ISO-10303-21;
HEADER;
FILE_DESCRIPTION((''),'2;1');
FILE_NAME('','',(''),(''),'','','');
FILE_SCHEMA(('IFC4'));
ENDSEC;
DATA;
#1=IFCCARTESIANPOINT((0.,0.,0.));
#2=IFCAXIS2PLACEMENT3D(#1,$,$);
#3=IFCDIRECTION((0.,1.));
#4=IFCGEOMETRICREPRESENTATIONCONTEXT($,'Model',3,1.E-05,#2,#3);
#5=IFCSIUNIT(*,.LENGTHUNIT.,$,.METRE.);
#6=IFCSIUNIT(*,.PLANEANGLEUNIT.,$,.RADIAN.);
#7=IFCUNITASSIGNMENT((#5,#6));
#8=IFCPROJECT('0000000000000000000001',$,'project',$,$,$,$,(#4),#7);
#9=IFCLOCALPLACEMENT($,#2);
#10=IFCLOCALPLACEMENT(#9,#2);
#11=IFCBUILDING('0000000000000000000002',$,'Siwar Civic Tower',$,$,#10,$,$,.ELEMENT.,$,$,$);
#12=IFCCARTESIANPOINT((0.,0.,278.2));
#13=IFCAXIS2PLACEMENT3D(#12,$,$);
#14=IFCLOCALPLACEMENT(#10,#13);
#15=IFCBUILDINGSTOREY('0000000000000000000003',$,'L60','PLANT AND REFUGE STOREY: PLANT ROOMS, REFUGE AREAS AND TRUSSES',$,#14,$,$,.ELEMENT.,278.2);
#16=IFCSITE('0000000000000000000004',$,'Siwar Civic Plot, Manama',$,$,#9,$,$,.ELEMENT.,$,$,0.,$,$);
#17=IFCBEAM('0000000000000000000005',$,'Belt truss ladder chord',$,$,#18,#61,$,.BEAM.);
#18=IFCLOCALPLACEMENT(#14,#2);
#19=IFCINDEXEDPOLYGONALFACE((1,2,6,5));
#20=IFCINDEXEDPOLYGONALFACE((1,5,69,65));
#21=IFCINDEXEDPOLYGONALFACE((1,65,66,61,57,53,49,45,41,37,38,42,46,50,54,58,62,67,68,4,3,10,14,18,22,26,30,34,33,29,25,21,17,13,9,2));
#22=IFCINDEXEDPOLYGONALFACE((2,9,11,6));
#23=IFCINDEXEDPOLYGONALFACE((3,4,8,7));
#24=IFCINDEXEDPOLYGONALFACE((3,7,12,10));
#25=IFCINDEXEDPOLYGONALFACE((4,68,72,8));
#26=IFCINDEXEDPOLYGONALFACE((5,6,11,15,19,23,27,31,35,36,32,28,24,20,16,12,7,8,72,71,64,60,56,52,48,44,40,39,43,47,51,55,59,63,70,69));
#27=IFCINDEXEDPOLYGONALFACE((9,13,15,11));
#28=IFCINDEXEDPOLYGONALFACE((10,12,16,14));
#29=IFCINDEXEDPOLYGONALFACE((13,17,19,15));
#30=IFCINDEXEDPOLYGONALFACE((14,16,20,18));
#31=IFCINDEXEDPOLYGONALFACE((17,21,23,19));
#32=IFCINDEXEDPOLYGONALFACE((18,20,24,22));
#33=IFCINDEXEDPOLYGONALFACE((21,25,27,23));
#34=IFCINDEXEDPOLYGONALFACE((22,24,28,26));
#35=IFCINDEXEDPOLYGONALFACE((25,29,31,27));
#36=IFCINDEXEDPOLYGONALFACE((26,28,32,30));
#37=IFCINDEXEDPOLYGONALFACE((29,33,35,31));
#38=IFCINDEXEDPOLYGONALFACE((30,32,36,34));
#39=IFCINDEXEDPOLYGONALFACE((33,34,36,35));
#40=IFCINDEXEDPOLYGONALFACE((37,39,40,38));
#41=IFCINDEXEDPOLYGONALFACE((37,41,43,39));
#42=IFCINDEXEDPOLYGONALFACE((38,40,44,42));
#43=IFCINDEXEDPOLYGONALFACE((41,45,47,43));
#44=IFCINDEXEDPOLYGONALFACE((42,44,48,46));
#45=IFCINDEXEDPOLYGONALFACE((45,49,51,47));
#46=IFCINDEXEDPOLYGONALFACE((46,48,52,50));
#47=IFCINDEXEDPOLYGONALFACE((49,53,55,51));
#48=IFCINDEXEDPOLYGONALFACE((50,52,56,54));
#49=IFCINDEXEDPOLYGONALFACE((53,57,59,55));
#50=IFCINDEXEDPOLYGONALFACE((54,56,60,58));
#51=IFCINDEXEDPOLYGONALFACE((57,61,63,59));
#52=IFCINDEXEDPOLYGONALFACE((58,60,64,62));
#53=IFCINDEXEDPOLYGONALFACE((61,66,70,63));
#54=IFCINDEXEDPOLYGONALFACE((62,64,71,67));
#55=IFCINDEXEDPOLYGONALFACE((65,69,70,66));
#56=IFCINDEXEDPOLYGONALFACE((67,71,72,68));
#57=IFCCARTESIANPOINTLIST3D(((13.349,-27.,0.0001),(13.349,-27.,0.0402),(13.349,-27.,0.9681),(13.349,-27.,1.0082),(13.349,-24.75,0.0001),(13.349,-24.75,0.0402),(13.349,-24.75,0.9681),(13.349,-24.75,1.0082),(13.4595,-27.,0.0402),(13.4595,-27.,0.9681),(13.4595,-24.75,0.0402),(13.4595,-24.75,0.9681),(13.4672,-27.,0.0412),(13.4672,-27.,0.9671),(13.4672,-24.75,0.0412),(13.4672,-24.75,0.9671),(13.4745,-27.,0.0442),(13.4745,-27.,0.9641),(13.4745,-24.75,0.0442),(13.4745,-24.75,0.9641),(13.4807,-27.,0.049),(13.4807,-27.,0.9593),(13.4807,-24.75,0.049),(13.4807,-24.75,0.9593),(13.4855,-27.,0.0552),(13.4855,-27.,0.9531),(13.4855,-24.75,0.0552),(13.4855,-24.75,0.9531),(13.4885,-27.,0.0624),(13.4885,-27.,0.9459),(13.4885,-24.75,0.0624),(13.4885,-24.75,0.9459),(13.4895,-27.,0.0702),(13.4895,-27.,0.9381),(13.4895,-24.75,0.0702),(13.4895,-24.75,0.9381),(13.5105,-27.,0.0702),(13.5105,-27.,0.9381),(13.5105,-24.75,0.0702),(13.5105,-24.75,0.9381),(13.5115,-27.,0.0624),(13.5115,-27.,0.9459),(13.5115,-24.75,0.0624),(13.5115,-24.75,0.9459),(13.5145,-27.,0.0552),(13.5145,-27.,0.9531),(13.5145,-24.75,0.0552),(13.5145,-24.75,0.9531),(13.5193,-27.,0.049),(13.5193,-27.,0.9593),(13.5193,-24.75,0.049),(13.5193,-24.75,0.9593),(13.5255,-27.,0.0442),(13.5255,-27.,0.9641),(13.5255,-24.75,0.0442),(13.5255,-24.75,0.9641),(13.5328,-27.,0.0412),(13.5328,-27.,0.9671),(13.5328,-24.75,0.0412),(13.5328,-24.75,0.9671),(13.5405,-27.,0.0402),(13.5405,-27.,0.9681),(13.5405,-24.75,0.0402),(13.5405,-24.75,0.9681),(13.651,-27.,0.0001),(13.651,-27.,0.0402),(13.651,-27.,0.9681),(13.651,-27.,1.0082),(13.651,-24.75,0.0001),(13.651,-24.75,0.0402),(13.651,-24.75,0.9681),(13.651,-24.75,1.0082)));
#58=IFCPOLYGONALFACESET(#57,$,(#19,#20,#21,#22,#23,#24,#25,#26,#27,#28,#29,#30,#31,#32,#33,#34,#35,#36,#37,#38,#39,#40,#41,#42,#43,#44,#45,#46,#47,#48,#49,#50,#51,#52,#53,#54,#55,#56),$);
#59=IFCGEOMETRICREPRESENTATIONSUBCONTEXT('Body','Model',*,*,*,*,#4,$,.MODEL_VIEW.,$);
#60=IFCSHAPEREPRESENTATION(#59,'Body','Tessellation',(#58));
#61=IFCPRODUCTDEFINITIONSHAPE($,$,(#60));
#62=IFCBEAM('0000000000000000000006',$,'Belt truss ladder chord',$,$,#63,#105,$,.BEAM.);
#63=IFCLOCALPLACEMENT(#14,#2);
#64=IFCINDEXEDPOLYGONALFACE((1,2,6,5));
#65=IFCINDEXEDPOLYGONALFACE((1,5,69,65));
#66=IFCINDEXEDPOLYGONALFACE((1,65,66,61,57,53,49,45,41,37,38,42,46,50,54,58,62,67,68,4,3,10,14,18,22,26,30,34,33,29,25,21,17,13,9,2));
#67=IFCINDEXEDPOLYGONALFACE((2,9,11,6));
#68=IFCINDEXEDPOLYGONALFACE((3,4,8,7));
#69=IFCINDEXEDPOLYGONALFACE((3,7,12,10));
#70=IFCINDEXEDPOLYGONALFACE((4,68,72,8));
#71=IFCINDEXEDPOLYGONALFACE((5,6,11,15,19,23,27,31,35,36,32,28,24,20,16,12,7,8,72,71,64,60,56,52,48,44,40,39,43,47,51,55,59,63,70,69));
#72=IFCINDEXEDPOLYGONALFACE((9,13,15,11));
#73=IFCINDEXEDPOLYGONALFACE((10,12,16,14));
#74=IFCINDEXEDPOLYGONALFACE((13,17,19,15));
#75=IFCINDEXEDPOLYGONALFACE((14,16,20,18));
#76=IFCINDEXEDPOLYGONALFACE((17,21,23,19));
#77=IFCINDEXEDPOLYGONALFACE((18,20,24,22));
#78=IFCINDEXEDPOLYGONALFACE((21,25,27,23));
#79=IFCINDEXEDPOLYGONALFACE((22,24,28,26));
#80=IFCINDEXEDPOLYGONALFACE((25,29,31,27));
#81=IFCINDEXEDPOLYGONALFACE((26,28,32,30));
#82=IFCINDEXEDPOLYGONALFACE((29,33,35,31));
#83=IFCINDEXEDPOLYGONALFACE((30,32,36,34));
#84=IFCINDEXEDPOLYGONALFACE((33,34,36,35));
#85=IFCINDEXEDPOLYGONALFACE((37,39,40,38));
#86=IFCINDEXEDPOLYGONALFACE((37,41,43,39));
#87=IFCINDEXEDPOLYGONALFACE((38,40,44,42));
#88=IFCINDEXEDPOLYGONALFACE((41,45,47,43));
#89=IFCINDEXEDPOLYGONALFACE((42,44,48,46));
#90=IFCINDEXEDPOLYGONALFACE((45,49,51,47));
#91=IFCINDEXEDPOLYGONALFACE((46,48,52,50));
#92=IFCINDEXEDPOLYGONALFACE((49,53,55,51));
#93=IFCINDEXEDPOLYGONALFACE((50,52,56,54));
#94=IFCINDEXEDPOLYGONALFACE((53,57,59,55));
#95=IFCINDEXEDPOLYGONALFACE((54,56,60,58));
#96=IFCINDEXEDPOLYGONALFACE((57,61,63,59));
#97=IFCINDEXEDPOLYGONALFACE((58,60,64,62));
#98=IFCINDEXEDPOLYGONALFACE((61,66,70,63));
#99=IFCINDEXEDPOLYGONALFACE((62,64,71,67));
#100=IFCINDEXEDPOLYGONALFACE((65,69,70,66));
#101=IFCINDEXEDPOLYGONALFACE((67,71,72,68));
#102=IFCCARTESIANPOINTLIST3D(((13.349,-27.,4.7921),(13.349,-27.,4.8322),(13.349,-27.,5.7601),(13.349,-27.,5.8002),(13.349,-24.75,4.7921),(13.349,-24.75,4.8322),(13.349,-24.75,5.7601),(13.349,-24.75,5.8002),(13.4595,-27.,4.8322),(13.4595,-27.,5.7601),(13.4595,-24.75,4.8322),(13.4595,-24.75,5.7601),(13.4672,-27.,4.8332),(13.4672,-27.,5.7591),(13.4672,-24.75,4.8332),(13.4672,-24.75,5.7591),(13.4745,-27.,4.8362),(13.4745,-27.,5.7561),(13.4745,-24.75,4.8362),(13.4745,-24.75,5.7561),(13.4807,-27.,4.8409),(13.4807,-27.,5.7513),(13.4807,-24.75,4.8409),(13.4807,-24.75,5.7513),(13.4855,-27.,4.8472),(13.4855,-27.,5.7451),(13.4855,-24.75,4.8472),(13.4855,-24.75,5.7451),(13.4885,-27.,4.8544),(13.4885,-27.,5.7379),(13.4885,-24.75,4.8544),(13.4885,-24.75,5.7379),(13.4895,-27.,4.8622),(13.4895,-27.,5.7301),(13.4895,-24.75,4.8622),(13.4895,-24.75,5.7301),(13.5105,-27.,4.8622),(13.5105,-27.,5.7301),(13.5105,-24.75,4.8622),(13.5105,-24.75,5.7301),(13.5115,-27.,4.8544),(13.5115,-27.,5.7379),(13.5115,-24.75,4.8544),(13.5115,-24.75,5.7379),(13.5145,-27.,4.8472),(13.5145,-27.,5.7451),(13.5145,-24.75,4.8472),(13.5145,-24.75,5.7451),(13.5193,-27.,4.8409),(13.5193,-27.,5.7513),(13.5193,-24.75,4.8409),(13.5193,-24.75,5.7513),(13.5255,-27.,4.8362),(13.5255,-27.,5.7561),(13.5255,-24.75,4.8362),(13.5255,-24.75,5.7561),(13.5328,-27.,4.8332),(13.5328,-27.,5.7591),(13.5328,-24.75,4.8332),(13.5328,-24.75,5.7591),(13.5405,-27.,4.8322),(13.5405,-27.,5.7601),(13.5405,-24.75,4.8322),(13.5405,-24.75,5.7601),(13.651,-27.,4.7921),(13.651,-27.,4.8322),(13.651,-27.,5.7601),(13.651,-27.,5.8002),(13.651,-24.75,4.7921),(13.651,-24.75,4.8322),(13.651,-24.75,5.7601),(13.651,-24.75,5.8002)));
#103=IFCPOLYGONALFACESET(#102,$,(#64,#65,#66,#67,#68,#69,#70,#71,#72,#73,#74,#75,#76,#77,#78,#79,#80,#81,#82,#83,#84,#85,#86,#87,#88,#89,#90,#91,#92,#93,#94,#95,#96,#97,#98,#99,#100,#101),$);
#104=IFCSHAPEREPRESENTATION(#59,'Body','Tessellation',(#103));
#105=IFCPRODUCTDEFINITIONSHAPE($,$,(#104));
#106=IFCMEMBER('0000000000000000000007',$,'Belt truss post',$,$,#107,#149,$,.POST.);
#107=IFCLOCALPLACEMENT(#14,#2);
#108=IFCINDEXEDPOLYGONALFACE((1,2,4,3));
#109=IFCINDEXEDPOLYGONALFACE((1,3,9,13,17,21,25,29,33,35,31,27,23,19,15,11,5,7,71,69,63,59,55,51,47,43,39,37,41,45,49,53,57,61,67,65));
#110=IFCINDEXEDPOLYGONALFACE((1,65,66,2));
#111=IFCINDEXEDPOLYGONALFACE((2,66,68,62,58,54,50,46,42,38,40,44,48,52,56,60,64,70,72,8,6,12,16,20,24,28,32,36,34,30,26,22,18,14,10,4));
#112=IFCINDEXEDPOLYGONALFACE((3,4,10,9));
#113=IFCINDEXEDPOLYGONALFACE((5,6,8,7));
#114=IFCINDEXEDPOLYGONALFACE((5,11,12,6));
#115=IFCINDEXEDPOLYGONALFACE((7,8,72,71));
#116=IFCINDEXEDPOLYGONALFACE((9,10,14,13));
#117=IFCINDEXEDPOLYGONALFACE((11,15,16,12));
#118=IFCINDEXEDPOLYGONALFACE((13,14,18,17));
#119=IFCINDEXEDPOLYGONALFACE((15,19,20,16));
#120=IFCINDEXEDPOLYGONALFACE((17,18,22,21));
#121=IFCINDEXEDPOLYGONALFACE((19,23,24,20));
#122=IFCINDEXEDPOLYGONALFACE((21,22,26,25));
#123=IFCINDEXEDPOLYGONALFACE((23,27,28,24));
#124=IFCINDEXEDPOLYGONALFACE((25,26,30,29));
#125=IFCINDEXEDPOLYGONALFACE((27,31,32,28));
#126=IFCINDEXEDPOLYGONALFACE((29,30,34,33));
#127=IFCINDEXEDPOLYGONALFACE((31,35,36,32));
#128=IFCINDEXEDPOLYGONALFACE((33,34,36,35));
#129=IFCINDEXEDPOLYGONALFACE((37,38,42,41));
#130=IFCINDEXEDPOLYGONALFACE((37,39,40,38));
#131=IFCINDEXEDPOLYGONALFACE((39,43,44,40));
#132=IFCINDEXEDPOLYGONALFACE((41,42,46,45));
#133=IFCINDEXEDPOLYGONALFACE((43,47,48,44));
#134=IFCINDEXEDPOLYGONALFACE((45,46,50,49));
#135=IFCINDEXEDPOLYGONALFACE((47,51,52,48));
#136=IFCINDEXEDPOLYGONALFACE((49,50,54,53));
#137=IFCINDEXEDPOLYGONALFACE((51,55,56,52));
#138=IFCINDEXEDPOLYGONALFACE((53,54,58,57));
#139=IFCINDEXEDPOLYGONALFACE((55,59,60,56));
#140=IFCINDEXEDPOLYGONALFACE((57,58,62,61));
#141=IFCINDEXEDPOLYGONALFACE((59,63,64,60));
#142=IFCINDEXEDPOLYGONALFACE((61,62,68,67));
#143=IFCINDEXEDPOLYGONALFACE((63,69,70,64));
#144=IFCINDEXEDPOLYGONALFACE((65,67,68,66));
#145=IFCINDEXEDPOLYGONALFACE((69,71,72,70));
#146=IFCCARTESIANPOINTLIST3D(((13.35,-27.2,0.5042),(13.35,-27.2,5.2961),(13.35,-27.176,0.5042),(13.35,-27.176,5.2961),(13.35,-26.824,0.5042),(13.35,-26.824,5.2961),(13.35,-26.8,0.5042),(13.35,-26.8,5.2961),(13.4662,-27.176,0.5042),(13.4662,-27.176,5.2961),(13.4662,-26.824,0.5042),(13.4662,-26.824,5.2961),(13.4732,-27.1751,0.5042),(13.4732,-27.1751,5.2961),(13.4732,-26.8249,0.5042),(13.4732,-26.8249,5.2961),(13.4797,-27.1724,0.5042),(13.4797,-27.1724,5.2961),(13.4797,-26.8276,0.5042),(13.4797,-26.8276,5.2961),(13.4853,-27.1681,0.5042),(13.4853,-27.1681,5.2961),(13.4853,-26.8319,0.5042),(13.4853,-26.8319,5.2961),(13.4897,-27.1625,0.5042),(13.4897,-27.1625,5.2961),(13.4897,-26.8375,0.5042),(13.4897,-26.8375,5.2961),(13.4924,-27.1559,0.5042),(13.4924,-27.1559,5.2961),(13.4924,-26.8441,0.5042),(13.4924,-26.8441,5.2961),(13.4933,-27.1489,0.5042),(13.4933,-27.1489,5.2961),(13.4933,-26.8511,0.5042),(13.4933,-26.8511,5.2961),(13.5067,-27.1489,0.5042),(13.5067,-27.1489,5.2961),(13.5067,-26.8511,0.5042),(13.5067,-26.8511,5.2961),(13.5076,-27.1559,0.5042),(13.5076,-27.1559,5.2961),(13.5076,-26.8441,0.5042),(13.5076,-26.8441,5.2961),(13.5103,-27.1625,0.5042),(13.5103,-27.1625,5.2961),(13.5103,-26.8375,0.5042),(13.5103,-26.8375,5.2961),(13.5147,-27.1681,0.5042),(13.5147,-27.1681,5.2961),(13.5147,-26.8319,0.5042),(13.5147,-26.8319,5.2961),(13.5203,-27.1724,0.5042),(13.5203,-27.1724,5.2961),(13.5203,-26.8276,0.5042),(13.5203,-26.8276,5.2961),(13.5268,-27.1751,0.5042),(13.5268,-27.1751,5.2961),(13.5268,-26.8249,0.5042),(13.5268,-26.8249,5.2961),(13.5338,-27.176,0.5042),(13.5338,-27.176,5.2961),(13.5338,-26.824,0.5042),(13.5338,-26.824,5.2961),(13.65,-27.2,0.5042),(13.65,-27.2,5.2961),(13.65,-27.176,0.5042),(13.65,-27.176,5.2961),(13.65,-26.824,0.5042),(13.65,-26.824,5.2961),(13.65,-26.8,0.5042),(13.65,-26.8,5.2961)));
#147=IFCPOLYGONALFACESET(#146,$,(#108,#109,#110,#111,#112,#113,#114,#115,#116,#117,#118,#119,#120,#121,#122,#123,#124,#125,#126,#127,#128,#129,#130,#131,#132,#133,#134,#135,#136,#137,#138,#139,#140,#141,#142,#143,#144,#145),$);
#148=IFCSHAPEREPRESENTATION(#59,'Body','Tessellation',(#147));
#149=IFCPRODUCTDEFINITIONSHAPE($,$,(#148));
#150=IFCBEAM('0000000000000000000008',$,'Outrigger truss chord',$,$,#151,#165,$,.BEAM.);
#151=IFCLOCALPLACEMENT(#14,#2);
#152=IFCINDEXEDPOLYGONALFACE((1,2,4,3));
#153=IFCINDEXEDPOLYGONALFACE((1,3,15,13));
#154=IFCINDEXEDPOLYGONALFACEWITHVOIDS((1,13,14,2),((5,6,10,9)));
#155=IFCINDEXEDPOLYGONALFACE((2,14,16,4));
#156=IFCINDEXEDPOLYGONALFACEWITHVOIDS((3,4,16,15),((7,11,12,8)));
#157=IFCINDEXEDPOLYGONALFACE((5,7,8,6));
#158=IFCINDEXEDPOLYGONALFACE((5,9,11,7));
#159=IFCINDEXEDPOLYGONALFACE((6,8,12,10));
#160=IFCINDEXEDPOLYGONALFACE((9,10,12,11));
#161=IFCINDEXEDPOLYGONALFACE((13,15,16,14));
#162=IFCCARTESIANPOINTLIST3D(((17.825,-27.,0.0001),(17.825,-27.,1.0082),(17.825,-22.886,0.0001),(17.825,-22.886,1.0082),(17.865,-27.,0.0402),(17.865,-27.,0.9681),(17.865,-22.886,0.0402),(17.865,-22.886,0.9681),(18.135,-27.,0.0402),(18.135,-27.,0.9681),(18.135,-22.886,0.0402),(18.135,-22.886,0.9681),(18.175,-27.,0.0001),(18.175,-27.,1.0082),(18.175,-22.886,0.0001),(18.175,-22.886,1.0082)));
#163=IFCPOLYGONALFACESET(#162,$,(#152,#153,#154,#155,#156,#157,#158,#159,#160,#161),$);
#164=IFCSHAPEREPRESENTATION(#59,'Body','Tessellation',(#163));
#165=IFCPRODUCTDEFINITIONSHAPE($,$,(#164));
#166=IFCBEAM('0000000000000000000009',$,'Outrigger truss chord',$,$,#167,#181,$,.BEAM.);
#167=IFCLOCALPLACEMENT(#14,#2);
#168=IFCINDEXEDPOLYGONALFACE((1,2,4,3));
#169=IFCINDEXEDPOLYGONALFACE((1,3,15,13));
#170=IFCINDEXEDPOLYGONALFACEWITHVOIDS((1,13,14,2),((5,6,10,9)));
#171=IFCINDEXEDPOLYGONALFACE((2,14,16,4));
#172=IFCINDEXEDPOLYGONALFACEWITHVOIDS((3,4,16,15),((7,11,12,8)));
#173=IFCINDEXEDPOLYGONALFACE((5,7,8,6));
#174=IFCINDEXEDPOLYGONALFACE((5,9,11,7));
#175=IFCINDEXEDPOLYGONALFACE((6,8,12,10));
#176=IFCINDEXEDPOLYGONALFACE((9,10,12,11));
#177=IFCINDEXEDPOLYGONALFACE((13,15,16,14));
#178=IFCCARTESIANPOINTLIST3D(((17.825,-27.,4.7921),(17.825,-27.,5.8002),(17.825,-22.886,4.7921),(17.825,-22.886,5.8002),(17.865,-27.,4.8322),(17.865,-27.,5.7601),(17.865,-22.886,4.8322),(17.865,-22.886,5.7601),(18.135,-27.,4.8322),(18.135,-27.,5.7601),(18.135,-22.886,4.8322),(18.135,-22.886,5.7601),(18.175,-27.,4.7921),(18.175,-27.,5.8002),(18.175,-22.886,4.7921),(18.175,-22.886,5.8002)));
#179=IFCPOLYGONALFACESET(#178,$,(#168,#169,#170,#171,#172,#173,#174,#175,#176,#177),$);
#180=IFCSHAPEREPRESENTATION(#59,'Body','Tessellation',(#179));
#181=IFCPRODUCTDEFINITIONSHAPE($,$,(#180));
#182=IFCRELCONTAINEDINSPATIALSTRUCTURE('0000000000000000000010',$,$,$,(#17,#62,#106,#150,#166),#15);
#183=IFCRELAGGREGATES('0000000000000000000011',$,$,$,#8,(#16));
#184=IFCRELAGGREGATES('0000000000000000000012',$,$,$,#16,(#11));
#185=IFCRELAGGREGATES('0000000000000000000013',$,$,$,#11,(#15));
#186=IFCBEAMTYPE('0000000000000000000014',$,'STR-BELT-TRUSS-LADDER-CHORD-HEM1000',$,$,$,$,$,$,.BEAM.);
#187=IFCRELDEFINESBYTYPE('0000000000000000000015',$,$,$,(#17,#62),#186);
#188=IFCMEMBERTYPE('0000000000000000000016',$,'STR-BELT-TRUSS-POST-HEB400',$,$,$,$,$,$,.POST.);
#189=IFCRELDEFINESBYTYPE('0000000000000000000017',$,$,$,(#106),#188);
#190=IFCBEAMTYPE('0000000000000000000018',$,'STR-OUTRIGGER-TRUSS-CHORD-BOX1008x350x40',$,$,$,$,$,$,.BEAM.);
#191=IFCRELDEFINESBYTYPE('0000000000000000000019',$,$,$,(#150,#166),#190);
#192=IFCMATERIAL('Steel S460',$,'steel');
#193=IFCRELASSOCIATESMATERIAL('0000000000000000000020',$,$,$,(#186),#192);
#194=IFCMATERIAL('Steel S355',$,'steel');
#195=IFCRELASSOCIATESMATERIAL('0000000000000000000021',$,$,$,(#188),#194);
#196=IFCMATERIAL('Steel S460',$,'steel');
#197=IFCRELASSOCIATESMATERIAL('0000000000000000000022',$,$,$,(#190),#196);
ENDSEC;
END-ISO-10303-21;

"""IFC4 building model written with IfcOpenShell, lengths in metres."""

from ifc_helpers import new_model, si_unit, direction, frame, origin, origin_2d, place, context, subcontext, project, spatial, hollow_rectangle, i_section, extrude, material, material_profile, profile_set, type_object, element, save


model = new_model("IFC4")

# Units and contexts
model_context = context("Model", 3, precision=1e-05, world=origin(), true_north=direction((0.0, 1.0)))
body_context = subcontext(model_context, "Body", "Model", "MODEL_VIEW")
ifc_project = project(units=[si_unit("LENGTHUNIT", "METRE"), si_unit("PLANEANGLEUNIT", "RADIAN")], contexts=[model_context])

# Site, building, storey
site_placement = place(None, origin())
site = spatial("IfcSite", under=ifc_project, at=site_placement, Name="Siwar Civic Plot, Manama", CompositionType="ELEMENT", RefElevation=0.0)
building_placement = place(site_placement, origin())
building = spatial("IfcBuilding", under=site, at=building_placement, Name="Siwar Civic Tower", CompositionType="ELEMENT")
storey_placement = place(building_placement, frame((0.0, 0.0, 278.2)))
storey = spatial("IfcBuildingStorey", under=building, at=storey_placement, Name="L60", Description="PLANT AND REFUGE STOREY: PLANT ROOMS, REFUGE AREAS AND TRUSSES", CompositionType="ELEMENT", Elevation=278.2)

# Beams
ifc_material_1 = material(Name="Steel S460", Category="steel")
ifc_material_profile_1 = material_profile(ifc_material_1, i_section(OverallWidth=0.302, OverallDepth=1.0081, WebThickness=0.021, FlangeThickness=0.04, FilletRadius=0.03, at=origin_2d()), Name="HEM1000")
ifc_profile_set_1 = profile_set([ifc_material_profile_1], Name="Steel S460")
beam_type_1 = type_object("IfcBeamType", Name="STR-BELT-TRUSS-LADDER-CHORD-HEM1000", PredefinedType="BEAM", material=ifc_profile_set_1)
for number, where, z_axis, x_axis, name in (
    (1, (13.5, -24.75, 0.5042), (0.0, -1.0, 0.0), (1.0, 0.0, 0.0), "Belt truss ladder chord"),
    (2, (13.5, -24.75, 5.2961), (0.0, -1.0, 0.0), (1.0, 0.0, 0.0), "Belt truss ladder chord"),
):
    element("IfcBeam", number, at=place(storey_placement, frame(where, z_axis=z_axis, x_axis=x_axis)), inside=storey, type_object=beam_type_1, Name=name, PredefinedType="BEAM", context=body_context, shape_type="SweptSolid", body=[
        extrude(i_section(OverallWidth=0.302, OverallDepth=1.0081, WebThickness=0.021, FlangeThickness=0.04, FilletRadius=0.03, at=origin_2d()), origin(), (0.0, 0.0, 1.0), 2.25),
    ])

# Member
ifc_material_2 = material(Name="Steel S355", Category="steel")
ifc_material_profile_2 = material_profile(ifc_material_2, i_section(OverallWidth=0.3, OverallDepth=0.3999, WebThickness=0.0134, FlangeThickness=0.0239, FilletRadius=0.0271, at=origin_2d()), Name="HEB400")
ifc_profile_set_2 = profile_set([ifc_material_profile_2], Name="Steel S355")
member_type_1 = type_object("IfcMemberType", Name="STR-BELT-TRUSS-POST-HEB400", PredefinedType="POST", material=ifc_profile_set_2)
member_1_placement = place(storey_placement, frame((13.5, -27.0, 0.5042), z_axis=(0.0, 0.0, 1.0), x_axis=(1.0, 0.0, 0.0)))
element("IfcMember", 3, at=member_1_placement, inside=storey, type_object=member_type_1, Name="Belt truss post", PredefinedType="POST", context=body_context, shape_type="SweptSolid", body=[
    extrude(i_section(OverallWidth=0.3, OverallDepth=0.3999, WebThickness=0.0134, FlangeThickness=0.0239, FilletRadius=0.0271, at=origin_2d()), origin(), (0.0, 0.0, 1.0), 4.792),
])

# Beams
ifc_material_3 = material(Name="Steel S460", Category="steel")
ifc_material_profile_3 = material_profile(ifc_material_3, hollow_rectangle(XDim=0.3501, YDim=1.0081, WallThickness=0.04, at=origin_2d()), Name="BOX1008x350x40")
ifc_profile_set_3 = profile_set([ifc_material_profile_3], Name="Steel S460")
beam_type_2 = type_object("IfcBeamType", Name="STR-OUTRIGGER-TRUSS-CHORD-BOX1008x350x40", PredefinedType="BEAM", material=ifc_profile_set_3)
for number, where, z_axis, x_axis, name in (
    (4, (18.0, -27.0, 0.5042), (0.0, 1.0, 0.0), (-1.0, 0.0, 0.0), "Outrigger truss chord"),
    (5, (18.0, -27.0, 5.2961), (0.0, 1.0, 0.0), (-1.0, 0.0, 0.0), "Outrigger truss chord"),
):
    element("IfcBeam", number, at=place(storey_placement, frame(where, z_axis=z_axis, x_axis=x_axis)), inside=storey, type_object=beam_type_2, Name=name, PredefinedType="BEAM", context=body_context, shape_type="SweptSolid", body=[
        extrude(hollow_rectangle(XDim=0.3501, YDim=1.0081, WallThickness=0.04, at=origin_2d()), origin(), (0.0, 0.0, 1.0), 4.114),
    ])

save(model, "model.ifc")
